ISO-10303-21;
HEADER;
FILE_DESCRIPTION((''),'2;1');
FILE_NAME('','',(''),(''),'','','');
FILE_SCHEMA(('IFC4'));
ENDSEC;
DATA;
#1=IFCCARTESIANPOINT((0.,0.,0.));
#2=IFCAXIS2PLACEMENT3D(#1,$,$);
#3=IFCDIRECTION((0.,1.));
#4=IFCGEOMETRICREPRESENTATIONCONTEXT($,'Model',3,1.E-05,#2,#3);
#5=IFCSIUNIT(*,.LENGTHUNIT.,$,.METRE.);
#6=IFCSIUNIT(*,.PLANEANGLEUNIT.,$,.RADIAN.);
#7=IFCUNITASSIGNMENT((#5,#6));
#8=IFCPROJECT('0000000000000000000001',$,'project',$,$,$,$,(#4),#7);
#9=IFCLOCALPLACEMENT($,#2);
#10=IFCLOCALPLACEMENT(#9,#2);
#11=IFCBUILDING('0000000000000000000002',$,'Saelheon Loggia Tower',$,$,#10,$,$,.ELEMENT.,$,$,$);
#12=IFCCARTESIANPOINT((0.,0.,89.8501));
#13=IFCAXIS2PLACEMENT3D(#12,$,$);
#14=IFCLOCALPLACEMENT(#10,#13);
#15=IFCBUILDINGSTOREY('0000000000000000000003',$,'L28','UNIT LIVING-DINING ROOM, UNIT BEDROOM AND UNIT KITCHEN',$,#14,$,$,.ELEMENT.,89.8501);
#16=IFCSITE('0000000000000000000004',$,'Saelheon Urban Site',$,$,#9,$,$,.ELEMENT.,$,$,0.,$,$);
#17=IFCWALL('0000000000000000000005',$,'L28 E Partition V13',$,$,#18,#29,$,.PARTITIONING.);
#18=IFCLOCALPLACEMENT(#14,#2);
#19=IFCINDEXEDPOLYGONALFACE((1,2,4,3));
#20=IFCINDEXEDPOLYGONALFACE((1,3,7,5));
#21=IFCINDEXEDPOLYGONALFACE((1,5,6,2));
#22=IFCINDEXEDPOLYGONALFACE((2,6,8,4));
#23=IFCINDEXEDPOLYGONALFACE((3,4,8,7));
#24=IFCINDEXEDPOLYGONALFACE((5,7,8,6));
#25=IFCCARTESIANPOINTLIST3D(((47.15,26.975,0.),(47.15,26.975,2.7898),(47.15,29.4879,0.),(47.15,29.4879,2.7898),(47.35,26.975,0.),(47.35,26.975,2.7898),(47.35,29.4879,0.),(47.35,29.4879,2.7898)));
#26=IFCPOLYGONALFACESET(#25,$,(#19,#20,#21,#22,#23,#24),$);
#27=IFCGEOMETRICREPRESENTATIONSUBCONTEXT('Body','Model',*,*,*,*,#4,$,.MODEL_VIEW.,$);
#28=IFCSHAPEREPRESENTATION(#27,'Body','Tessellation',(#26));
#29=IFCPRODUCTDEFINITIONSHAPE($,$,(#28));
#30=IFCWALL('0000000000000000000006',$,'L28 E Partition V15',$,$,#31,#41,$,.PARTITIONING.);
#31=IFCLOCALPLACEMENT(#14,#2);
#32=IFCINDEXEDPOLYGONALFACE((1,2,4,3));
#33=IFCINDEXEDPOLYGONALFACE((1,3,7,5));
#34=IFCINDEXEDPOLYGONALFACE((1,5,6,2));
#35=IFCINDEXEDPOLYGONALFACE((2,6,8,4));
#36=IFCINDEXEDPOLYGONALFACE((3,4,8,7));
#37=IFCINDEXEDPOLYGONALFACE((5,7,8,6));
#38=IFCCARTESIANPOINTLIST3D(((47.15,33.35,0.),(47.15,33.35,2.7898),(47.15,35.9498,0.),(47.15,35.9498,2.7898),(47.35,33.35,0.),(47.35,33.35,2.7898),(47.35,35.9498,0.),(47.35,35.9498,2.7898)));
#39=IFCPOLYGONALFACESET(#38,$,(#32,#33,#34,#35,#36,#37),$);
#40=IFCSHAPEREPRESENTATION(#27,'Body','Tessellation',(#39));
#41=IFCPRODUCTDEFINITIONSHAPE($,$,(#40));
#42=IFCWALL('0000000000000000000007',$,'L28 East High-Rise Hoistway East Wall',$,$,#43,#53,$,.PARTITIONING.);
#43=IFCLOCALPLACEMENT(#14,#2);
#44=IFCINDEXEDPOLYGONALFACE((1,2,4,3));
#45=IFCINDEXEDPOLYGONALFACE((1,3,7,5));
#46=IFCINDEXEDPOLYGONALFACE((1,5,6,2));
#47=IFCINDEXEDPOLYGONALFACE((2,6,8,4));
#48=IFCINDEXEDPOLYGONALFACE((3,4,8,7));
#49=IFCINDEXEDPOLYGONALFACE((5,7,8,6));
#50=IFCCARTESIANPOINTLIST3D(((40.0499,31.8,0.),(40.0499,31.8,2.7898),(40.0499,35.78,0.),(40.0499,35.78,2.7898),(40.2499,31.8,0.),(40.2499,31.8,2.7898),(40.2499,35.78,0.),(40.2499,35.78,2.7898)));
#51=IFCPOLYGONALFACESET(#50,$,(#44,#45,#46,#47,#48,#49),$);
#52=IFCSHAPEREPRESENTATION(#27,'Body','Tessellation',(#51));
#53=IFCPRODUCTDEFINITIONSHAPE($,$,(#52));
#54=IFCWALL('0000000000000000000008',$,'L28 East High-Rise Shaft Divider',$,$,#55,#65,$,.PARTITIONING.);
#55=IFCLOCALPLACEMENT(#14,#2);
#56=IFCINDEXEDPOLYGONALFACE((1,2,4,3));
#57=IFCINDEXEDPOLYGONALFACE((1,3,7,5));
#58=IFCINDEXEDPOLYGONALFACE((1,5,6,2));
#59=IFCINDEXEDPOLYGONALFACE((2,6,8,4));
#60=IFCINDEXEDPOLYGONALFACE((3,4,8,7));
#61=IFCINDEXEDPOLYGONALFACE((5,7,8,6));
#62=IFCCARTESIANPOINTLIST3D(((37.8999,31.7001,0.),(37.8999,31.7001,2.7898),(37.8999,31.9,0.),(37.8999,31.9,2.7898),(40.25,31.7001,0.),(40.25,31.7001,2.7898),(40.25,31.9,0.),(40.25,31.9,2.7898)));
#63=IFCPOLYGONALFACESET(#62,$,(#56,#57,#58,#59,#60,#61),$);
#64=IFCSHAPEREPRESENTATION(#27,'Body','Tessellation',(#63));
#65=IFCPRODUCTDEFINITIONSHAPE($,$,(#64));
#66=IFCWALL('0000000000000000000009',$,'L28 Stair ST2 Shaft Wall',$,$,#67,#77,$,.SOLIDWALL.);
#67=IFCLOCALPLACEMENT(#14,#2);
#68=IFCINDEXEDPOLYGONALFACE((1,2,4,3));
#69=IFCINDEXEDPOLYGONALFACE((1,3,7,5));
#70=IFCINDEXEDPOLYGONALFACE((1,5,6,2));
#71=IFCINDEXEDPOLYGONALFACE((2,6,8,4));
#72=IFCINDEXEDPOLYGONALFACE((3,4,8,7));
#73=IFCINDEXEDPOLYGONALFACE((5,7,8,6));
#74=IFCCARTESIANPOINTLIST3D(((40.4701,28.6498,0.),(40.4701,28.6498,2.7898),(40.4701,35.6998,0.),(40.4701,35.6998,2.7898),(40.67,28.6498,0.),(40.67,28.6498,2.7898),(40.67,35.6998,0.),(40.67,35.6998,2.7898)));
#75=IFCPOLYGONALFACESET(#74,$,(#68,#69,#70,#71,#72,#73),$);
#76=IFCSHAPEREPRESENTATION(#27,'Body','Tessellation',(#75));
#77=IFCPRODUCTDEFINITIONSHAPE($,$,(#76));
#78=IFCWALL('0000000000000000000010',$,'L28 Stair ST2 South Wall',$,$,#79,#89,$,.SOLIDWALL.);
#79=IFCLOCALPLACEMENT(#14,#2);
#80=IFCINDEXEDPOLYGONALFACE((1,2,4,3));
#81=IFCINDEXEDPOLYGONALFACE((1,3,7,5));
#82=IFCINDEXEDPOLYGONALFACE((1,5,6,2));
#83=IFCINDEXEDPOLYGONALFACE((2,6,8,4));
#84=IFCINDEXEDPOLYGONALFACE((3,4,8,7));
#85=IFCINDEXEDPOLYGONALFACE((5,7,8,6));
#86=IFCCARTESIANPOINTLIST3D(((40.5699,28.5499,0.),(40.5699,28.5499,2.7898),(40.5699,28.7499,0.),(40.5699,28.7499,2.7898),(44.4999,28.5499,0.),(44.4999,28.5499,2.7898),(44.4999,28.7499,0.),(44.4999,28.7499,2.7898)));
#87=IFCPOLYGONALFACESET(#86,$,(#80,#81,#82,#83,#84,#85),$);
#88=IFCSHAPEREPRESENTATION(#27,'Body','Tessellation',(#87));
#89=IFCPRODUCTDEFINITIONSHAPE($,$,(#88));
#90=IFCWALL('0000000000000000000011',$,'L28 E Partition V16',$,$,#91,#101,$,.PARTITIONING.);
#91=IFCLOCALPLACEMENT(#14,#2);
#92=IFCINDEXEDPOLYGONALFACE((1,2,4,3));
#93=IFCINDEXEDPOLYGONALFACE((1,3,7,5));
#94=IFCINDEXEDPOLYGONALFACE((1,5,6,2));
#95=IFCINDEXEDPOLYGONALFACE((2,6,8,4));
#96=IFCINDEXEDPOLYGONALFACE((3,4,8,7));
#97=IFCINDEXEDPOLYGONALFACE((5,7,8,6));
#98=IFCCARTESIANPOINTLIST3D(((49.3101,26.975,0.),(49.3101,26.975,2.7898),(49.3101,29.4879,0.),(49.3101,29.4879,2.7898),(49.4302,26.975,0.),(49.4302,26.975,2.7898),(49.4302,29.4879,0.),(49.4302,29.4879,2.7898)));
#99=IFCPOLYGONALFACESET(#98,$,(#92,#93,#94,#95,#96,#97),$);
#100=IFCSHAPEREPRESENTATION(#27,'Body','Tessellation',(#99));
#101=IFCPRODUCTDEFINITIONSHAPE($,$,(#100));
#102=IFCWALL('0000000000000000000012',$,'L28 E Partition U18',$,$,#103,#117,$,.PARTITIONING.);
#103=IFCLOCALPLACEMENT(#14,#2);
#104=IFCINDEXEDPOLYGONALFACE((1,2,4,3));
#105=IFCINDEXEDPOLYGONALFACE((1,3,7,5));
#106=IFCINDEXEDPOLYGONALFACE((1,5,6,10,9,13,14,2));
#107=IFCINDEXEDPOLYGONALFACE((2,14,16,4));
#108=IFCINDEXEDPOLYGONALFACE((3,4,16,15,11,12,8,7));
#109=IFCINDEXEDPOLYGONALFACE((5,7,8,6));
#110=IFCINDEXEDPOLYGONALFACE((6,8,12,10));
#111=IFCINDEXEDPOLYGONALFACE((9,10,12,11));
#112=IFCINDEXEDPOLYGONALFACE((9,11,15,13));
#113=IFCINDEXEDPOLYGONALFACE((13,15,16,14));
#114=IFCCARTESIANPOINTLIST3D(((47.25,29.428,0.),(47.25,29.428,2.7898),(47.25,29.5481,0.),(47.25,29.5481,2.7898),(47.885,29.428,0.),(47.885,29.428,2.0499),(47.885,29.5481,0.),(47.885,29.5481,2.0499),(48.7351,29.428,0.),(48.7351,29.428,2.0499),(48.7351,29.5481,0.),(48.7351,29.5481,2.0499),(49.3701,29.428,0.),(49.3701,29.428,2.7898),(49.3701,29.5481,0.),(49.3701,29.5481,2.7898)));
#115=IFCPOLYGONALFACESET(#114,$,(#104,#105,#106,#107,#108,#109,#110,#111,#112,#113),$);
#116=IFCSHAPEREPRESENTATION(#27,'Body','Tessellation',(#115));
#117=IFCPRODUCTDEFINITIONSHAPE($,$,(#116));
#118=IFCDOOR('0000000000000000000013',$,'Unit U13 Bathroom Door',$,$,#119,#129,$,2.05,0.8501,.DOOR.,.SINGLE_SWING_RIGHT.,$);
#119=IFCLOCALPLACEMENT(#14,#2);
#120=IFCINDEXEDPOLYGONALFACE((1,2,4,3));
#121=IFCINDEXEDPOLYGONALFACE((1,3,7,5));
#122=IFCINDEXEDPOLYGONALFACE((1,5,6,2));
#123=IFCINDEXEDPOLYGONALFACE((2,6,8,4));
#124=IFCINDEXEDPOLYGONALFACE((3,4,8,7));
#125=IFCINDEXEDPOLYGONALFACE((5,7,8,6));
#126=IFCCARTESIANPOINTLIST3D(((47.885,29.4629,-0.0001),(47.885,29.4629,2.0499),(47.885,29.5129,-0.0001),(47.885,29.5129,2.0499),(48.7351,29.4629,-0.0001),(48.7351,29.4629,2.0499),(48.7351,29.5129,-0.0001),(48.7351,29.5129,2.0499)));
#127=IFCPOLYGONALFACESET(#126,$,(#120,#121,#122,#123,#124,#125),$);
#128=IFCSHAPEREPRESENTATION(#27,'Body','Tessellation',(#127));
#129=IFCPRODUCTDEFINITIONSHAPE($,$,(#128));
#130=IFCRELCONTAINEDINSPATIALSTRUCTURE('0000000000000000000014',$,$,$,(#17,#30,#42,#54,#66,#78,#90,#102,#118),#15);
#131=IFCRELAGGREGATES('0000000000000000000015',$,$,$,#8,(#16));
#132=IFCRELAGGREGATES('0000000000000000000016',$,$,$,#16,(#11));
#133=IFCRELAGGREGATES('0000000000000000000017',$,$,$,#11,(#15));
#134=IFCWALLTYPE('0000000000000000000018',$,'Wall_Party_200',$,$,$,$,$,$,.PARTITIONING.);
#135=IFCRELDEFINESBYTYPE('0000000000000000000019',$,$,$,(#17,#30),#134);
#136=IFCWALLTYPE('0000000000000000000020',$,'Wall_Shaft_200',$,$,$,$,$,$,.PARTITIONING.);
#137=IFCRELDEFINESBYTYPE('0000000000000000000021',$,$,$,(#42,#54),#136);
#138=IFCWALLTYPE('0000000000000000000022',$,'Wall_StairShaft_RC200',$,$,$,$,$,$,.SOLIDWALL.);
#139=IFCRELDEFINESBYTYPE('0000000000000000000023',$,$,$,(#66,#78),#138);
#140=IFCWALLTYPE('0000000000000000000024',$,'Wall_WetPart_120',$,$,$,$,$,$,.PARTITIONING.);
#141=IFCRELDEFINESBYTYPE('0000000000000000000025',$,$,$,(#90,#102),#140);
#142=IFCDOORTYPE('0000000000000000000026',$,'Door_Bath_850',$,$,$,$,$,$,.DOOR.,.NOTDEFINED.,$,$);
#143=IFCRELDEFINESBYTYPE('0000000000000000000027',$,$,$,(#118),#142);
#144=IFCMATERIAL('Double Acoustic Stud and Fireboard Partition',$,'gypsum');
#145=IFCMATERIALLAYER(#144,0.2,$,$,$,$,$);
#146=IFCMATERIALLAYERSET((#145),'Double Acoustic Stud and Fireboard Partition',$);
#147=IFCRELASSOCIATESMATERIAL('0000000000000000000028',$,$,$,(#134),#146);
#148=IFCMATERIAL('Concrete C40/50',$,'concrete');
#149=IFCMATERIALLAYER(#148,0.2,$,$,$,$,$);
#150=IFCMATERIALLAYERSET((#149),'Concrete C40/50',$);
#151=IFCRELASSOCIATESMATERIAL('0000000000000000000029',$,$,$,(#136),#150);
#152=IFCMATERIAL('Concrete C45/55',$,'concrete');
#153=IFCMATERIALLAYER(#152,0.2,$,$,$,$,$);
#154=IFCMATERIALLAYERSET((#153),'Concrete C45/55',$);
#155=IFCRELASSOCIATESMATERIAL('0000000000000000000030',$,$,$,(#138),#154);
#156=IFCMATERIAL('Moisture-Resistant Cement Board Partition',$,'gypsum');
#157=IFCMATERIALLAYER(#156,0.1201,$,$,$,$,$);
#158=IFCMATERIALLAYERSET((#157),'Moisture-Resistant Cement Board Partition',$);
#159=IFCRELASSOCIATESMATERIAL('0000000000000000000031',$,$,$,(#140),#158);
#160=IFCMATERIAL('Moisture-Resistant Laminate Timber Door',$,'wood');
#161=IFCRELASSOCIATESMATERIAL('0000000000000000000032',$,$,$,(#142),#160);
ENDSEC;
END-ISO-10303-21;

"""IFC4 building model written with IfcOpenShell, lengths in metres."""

from ifc_helpers import new_model, si_unit, direction, frame, frame_2d, origin, place, context, subcontext, project, spatial, rectangle, extrude, source, transform, mapped, material, layer, layer_set, type_object, element, fill, save


model = new_model("IFC4")

# Units and contexts
model_context = context("Model", 3, precision=1e-05, world=origin(), true_north=direction((0.0, 1.0)))
body_context = subcontext(model_context, "Body", "Model", "MODEL_VIEW")
ifc_project = project(units=[si_unit("LENGTHUNIT", "METRE"), si_unit("PLANEANGLEUNIT", "RADIAN")], contexts=[model_context])

# Site, building, storey
site_placement = place(None, origin())
site = spatial("IfcSite", under=ifc_project, at=site_placement, Name="Saelheon Urban Site", CompositionType="ELEMENT", RefElevation=0.0)
building_placement = place(site_placement, origin())
building = spatial("IfcBuilding", under=site, at=building_placement, Name="Saelheon Loggia Tower", CompositionType="ELEMENT")
storey_placement = place(building_placement, frame((0.0, 0.0, 89.8501)))
storey = spatial("IfcBuildingStorey", under=building, at=storey_placement, Name="L28", Description="UNIT LIVING-DINING ROOM, UNIT BEDROOM AND UNIT KITCHEN", CompositionType="ELEMENT", Elevation=89.8501)

# Shared definitions
ifc_material_1 = material(Name="Concrete C40/50", Category="concrete")

# Wall
ifc_material_2 = material(Name="Double Acoustic Stud and Fireboard Partition", Category="gypsum")
ifc_layer_1 = layer(ifc_material_2, 0.2)
ifc_layer_set_1 = layer_set([ifc_layer_1], Name="Double Acoustic Stud and Fireboard Partition")
wall_type_1 = type_object("IfcWallType", Name="Wall_Party_200", PredefinedType="PARTITIONING", material=ifc_layer_set_1)
wall_1_placement = place(storey_placement, frame((47.25, 26.9751, 0.0), z_axis=(0.0, 0.0, 1.0), x_axis=(0.0, 1.0, 0.0)))
element("IfcWall", 1, at=wall_1_placement, inside=storey, type_object=wall_type_1, Name="L28 E Partition V13", PredefinedType="PARTITIONING", context=body_context, shape_type="SweptSolid", body=[
    extrude(rectangle(XDim=2.5129, YDim=0.2, at=frame_2d((1.2563, 0.0))), origin(), (0.0, 0.0, 1.0), 2.7898),
])

# Walls
wall_2_placement = place(storey_placement, frame((47.25, 33.3501, 0.0), z_axis=(0.0, 0.0, 1.0), x_axis=(0.0, 1.0, 0.0)))
element("IfcWall", 2, at=wall_2_placement, inside=storey, type_object=wall_type_1, Name="L28 E Partition V15", PredefinedType="PARTITIONING", context=body_context, shape_type="SweptSolid", body=[
    extrude(rectangle(XDim=2.5999, YDim=0.2, at=frame_2d((1.2998, 0.0))), origin(), (0.0, 0.0, 1.0), 2.7898),
])
ifc_layer_2 = layer(ifc_material_1, 0.2)
ifc_layer_set_2 = layer_set([ifc_layer_2], Name="Concrete C40/50")
wall_type_2 = type_object("IfcWallType", Name="Wall_Shaft_200", PredefinedType="PARTITIONING", material=ifc_layer_set_2)
wall_3_placement = place(storey_placement, frame((40.1499, 31.8, 0.0), z_axis=(0.0, 0.0, 1.0), x_axis=(0.0, 1.0, 0.0)))
element("IfcWall", 3, at=wall_3_placement, inside=storey, type_object=wall_type_2, Name="L28 East High-Rise Hoistway East Wall", PredefinedType="PARTITIONING", context=body_context, shape_type="SweptSolid", body=[
    extrude(rectangle(XDim=3.98, YDim=0.2, at=frame_2d((1.99, 0.0))), origin(), (0.0, 0.0, 1.0), 2.7898),
])
wall_4_placement = place(storey_placement, frame((37.8999, 31.8, 0.0), z_axis=(0.0, 0.0, 1.0), x_axis=(1.0, 0.0, 0.0)))
element("IfcWall", 4, at=wall_4_placement, inside=storey, type_object=wall_type_2, Name="L28 East High-Rise Shaft Divider", PredefinedType="PARTITIONING", context=body_context, shape_type="SweptSolid", body=[
    extrude(rectangle(XDim=2.3501, YDim=0.2, at=frame_2d((1.175, 0.0))), origin(), (0.0, 0.0, 1.0), 2.7898),
])
ifc_material_3 = material(Name="Concrete C45/55", Category="concrete")
ifc_layer_3 = layer(ifc_material_3, 0.2)
ifc_layer_set_3 = layer_set([ifc_layer_3], Name="Concrete C45/55")
wall_type_3 = type_object("IfcWallType", Name="Wall_StairShaft_RC200", PredefinedType="SOLIDWALL", material=ifc_layer_set_3)
wall_5_placement = place(storey_placement, frame((40.5701, 28.6499, 0.0), z_axis=(0.0, 0.0, 1.0), x_axis=(0.0, 1.0, 0.0)))
element("IfcWall", 5, at=wall_5_placement, inside=storey, type_object=wall_type_3, Name="L28 Stair ST2 Shaft Wall", PredefinedType="SOLIDWALL", context=body_context, shape_type="SweptSolid", body=[
    extrude(rectangle(XDim=7.05, YDim=0.2, at=frame_2d((3.5249, 0.0))), origin(), (0.0, 0.0, 1.0), 2.7898),
])
wall_6_placement = place(storey_placement, frame((40.5701, 28.6499, 0.0), z_axis=(0.0, 0.0, 1.0), x_axis=(1.0, 0.0, 0.0)))
element("IfcWall", 6, at=wall_6_placement, inside=storey, type_object=wall_type_3, Name="L28 Stair ST2 South Wall", PredefinedType="SOLIDWALL", context=body_context, shape_type="SweptSolid", body=[
    extrude(rectangle(XDim=3.9299, YDim=0.2, at=frame_2d((1.9648, 0.0))), origin(), (0.0, 0.0, 1.0), 2.7898),
])
ifc_material_4 = material(Name="Moisture-Resistant Cement Board Partition", Category="gypsum")
ifc_layer_4 = layer(ifc_material_4, 0.1201)
ifc_layer_set_4 = layer_set([ifc_layer_4], Name="Moisture-Resistant Cement Board Partition")
wall_type_4 = type_object("IfcWallType", Name="Wall_WetPart_120", PredefinedType="PARTITIONING", material=ifc_layer_set_4)
wall_7_placement = place(storey_placement, frame((49.3701, 26.9751, 0.0), z_axis=(0.0, 0.0, 1.0), x_axis=(0.0, 1.0, 0.0)))
element("IfcWall", 7, at=wall_7_placement, inside=storey, type_object=wall_type_4, Name="L28 E Partition V16", PredefinedType="PARTITIONING", context=body_context, shape_type="SweptSolid", body=[
    extrude(rectangle(XDim=2.5129, YDim=0.1201, at=frame_2d((1.2563, 0.0))), origin(), (0.0, 0.0, 1.0), 2.7898),
])

# Wall, opening, door
wall_8_placement = place(storey_placement, frame((47.25, 29.488, 0.0), z_axis=(0.0, 0.0, 1.0), x_axis=(1.0, 0.0, 0.0)))
wall_8 = element("IfcWall", 8, at=wall_8_placement, inside=storey, type_object=wall_type_4, Name="L28 E Partition U18", PredefinedType="PARTITIONING", context=body_context, shape_type="SweptSolid", body=[
    extrude(rectangle(XDim=2.1201, YDim=0.1201, at=frame_2d((1.0601, 0.0))), origin(), (0.0, 0.0, 1.0), 2.7898),
])
opening_1_placement = place(wall_8_placement, frame((0.635, 0.0, 0.0)))
opening_1 = element("IfcOpeningElement", 9, at=opening_1_placement, cuts=wall_8, PredefinedType="OPENING", context=body_context, shape_type="SweptSolid", body=[
    extrude(rectangle(XDim=0.8501, YDim=2.05, at=frame_2d((0.425, 1.0249))), frame((0.0, 0.072, 0.0), z_axis=(0.0, -1.0, 0.0), x_axis=(1.0, 0.0, 0.0)), (0.0, 0.0, 1.0), 0.144),
])
ifc_material_5 = material(Name="Moisture-Resistant Laminate Timber Door", Category="wood")
door_type_1 = type_object("IfcDoorType", Name="Door_Bath_850", OperationType="NOTDEFINED", PredefinedType="DOOR", material=ifc_material_5)
shared_shape_1 = source(origin(), body_context, "Body", "SweptSolid", [
    extrude(rectangle(XDim=0.8501, YDim=2.05, at=frame_2d((0.425, 1.0249))), frame((0.0, 0.0249, 0.0), z_axis=(0.0, -1.0, 0.0), x_axis=(1.0, 0.0, 0.0)), (0.0, 0.0, 1.0), 0.05),
])
door_1_placement = place(opening_1_placement, origin())
door_1 = element("IfcDoor", 10, at=door_1_placement, inside=storey, type_object=door_type_1, Name="Unit U13 Bathroom Door", OperationType="SINGLE_SWING_RIGHT", OverallHeight=2.05, OverallWidth=0.8501, PredefinedType="DOOR", context=body_context, shape_type="MappedRepresentation", body=[
    mapped(shared_shape_1, transform((0.0, 0.0, 0.0), scale=1.0)),
])
fill(opening_1, door_1)

save(model, "model.ifc")
